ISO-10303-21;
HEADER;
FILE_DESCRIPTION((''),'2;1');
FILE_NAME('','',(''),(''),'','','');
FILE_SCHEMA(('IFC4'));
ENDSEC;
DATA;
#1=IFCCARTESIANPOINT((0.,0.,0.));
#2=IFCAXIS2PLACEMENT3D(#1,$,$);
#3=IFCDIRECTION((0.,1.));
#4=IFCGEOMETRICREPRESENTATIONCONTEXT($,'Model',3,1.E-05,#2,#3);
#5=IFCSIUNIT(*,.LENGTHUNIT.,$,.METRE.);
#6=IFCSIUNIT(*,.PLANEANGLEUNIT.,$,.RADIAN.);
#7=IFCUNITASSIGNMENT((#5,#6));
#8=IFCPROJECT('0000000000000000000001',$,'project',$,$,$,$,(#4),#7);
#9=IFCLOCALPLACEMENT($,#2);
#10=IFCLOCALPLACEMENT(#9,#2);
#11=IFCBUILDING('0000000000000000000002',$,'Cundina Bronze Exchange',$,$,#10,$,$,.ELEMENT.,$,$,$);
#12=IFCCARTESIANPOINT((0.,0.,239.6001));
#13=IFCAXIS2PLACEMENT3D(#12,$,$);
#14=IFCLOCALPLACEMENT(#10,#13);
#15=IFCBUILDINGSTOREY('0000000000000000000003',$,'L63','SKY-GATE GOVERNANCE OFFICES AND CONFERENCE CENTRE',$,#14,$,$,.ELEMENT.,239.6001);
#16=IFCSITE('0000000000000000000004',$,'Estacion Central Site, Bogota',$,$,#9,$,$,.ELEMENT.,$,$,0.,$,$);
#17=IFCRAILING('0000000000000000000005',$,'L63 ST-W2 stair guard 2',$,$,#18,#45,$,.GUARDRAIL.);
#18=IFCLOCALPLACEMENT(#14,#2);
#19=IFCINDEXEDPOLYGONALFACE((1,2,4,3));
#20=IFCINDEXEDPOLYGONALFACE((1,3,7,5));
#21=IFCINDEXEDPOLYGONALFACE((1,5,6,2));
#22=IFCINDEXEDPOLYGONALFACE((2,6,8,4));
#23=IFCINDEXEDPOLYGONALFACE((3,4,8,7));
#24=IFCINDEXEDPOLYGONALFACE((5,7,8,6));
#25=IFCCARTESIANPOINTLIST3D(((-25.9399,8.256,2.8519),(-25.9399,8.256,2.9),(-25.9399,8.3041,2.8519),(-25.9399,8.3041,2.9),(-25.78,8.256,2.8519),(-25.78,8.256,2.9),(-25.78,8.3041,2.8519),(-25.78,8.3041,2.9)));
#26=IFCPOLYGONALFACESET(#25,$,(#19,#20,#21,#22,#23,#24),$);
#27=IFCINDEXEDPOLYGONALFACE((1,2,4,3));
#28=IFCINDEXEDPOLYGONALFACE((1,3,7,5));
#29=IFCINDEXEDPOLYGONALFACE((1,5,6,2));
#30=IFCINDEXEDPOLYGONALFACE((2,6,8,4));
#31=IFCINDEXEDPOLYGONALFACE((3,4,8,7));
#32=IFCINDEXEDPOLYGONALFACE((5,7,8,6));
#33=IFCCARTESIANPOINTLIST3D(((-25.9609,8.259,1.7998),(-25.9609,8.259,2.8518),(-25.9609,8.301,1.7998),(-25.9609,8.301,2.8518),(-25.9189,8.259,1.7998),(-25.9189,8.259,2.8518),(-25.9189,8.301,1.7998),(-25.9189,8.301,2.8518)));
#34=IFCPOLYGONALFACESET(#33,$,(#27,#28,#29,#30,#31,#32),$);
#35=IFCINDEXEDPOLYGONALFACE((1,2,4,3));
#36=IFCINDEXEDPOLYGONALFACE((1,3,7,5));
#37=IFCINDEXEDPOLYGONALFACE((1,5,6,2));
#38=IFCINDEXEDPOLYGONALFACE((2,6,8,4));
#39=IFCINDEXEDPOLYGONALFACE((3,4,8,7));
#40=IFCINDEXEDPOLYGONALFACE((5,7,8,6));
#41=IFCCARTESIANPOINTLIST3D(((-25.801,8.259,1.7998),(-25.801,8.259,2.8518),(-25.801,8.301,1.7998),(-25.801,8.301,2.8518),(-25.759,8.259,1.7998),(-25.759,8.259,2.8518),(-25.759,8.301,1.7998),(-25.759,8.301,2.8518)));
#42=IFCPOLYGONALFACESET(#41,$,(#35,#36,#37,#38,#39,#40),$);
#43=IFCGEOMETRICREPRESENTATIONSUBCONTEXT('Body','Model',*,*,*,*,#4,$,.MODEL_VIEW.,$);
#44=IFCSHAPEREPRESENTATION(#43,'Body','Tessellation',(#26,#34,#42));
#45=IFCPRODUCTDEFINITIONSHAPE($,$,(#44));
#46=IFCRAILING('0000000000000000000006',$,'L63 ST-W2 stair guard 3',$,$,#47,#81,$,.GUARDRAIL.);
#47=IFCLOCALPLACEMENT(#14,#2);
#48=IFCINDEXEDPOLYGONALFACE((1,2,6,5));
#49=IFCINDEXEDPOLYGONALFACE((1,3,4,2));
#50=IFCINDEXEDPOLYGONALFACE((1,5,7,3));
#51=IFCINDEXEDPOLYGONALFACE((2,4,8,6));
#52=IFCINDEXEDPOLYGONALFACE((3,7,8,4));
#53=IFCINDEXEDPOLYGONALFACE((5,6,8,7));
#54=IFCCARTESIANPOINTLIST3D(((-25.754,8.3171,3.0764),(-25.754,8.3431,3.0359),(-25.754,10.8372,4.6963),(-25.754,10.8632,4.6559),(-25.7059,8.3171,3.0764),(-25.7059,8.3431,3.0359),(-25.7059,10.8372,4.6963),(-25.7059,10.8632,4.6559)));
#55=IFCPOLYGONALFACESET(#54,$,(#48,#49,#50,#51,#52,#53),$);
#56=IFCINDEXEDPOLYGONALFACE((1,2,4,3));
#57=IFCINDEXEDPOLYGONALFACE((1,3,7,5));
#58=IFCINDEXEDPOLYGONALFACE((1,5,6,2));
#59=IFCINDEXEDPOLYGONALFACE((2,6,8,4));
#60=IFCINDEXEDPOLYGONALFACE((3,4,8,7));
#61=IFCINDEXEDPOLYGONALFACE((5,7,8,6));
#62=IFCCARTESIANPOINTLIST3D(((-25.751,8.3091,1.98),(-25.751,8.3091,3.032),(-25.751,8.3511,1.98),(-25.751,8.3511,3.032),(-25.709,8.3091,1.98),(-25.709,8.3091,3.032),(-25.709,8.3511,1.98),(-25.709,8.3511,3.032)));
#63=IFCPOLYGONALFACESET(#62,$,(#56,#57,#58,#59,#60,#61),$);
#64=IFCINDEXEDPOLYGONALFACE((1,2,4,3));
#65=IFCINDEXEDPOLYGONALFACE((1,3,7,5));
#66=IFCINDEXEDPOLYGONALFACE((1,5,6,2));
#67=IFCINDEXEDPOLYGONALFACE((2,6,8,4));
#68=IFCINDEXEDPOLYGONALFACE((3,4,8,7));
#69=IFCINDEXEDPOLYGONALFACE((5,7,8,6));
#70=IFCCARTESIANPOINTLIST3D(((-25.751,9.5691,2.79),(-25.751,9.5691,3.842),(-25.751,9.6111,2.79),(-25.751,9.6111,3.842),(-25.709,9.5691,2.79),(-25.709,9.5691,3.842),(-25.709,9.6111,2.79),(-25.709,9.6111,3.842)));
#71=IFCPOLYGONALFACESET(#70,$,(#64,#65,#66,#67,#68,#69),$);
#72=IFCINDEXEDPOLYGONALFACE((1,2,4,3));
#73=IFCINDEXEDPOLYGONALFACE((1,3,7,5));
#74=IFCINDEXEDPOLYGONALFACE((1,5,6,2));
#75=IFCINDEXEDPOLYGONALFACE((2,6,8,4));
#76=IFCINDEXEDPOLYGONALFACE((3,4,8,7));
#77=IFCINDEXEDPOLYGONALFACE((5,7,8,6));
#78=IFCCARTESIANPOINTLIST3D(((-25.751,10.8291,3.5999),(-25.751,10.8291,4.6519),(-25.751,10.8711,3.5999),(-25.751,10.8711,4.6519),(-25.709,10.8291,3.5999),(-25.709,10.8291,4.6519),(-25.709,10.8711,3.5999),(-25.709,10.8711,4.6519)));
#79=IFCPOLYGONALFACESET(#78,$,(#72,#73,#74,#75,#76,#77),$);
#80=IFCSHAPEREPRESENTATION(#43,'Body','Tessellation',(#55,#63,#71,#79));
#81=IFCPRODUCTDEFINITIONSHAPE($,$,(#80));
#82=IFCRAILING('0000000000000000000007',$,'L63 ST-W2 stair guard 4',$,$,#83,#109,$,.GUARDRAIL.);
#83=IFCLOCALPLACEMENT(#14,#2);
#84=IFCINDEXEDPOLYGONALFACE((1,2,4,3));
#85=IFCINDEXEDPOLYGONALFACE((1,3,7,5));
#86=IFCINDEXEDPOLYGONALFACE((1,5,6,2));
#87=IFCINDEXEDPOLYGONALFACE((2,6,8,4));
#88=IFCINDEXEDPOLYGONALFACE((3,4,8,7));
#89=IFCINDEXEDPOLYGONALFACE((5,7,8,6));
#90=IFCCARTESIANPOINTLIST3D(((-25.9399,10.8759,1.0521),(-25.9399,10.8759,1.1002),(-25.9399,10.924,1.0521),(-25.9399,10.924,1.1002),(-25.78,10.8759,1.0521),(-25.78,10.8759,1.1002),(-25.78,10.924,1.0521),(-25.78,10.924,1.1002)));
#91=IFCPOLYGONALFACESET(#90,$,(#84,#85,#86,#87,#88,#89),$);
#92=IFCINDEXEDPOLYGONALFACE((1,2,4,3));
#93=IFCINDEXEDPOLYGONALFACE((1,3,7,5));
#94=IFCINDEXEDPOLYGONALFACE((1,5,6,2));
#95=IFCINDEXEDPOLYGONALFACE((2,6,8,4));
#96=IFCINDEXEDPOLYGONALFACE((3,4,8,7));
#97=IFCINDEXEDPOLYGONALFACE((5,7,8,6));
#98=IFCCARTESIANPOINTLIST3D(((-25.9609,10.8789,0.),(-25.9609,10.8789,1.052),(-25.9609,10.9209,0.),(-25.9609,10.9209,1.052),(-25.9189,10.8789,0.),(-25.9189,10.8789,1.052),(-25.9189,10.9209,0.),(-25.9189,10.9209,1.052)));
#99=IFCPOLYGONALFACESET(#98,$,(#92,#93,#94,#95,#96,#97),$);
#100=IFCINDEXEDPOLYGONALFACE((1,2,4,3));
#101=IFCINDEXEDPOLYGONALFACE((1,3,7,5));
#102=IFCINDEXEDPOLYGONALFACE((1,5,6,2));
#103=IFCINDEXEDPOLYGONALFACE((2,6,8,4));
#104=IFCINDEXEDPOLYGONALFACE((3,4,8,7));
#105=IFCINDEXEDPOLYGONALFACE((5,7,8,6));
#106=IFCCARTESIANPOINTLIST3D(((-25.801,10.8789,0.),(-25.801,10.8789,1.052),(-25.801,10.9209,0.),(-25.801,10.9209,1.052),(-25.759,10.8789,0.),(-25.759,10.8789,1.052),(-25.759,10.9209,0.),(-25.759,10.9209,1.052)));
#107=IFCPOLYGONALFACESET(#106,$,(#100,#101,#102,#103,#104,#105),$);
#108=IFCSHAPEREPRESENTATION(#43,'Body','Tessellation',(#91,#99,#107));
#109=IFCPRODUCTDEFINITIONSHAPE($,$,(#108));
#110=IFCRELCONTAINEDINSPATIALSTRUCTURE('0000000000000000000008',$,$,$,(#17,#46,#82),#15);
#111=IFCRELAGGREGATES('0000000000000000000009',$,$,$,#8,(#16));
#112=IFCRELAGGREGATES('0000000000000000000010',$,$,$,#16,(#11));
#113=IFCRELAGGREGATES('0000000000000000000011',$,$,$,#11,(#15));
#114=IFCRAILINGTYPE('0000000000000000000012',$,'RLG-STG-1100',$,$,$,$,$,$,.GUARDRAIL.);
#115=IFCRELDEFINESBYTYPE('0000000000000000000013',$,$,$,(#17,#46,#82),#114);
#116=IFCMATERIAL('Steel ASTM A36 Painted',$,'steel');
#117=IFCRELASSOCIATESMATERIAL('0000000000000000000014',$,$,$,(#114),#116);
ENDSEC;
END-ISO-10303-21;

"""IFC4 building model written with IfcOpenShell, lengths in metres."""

from ifc_helpers import new_model, si_unit, direction, frame, origin, origin_2d, place, context, subcontext, project, spatial, rectangle, extrude, material, type_object, element, save


model = new_model("IFC4")

# Units and contexts
model_context = context("Model", 3, precision=1e-05, world=origin(), true_north=direction((0.0, 1.0)))
body_context = subcontext(model_context, "Body", "Model", "MODEL_VIEW")
ifc_project = project(units=[si_unit("LENGTHUNIT", "METRE"), si_unit("PLANEANGLEUNIT", "RADIAN")], contexts=[model_context])

# Site, building, storey
site_placement = place(None, origin())
site = spatial("IfcSite", under=ifc_project, at=site_placement, Name="Estacion Central Site, Bogota", CompositionType="ELEMENT", RefElevation=0.0)
building_placement = place(site_placement, origin())
building = spatial("IfcBuilding", under=site, at=building_placement, Name="Cundina Bronze Exchange", CompositionType="ELEMENT")
storey_placement = place(building_placement, frame((0.0, 0.0, 239.6001)))
storey = spatial("IfcBuildingStorey", under=building, at=storey_placement, Name="L63", Description="SKY-GATE GOVERNANCE OFFICES AND CONFERENCE CENTRE", CompositionType="ELEMENT", Elevation=239.6001)

# Shared definitions
ifc_material_1 = material(Name="Steel ASTM A36 Painted", Category="steel")

# Railings
railing_type_1 = type_object("IfcRailingType", Name="RLG-STG-1100", PredefinedType="GUARDRAIL", material=ifc_material_1)
railing_1_placement = place(storey_placement, frame((-25.9399, 8.28, 1.7998)))
element("IfcRailing", 1, at=railing_1_placement, inside=storey, type_object=railing_type_1, Name="L63 ST-W2 stair guard 2", PredefinedType="GUARDRAIL", context=body_context, shape_type="SweptSolid", body=[
    extrude(rectangle(XDim=0.0481, YDim=0.0481, at=origin_2d()), frame((0.0, 0.0, 1.0762), z_axis=(1.0, 0.0, 0.0), x_axis=(0.0, 1.0, 0.0)), (0.0, 0.0, 1.0), 0.1599),
    extrude(rectangle(XDim=0.042, YDim=0.042, at=origin_2d()), origin(), (0.0, 0.0, 1.0), 1.052),
    extrude(rectangle(XDim=0.042, YDim=0.042, at=origin_2d()), frame((0.1599, 0.0, 0.0)), (0.0, 0.0, 1.0), 1.052),
])
railing_2_placement = place(storey_placement, frame((-25.73, 8.3301, 1.98)))
element("IfcRailing", 2, at=railing_2_placement, inside=storey, type_object=railing_type_1, Name="L63 ST-W2 stair guard 3", PredefinedType="GUARDRAIL", context=body_context, shape_type="SweptSolid", body=[
    extrude(rectangle(XDim=0.0481, YDim=0.0481, at=origin_2d()), frame((0.0, 0.0, 1.0762), z_axis=(0.0, 0.8412, 0.540725), x_axis=(-1.0, 0.0, 0.0)), (0.0, 0.0, 1.0), 2.9958),
    extrude(rectangle(XDim=0.042, YDim=0.042, at=origin_2d()), origin(), (0.0, 0.0, 1.0), 1.052),
    extrude(rectangle(XDim=0.042, YDim=0.042, at=origin_2d()), frame((0.0, 1.26, 0.8101)), (0.0, 0.0, 1.0), 1.052),
    extrude(rectangle(XDim=0.042, YDim=0.042, at=origin_2d()), frame((0.0, 2.52, 1.6199)), (0.0, 0.0, 1.0), 1.052),
])
railing_3_placement = place(storey_placement, frame((-25.9399, 10.8999, 0.0)))
element("IfcRailing", 3, at=railing_3_placement, inside=storey, type_object=railing_type_1, Name="L63 ST-W2 stair guard 4", PredefinedType="GUARDRAIL", context=body_context, shape_type="SweptSolid", body=[
    extrude(rectangle(XDim=0.0481, YDim=0.0481, at=origin_2d()), frame((0.0, 0.0, 1.0762), z_axis=(1.0, 0.0, 0.0), x_axis=(0.0, 1.0, 0.0)), (0.0, 0.0, 1.0), 0.1599),
    extrude(rectangle(XDim=0.042, YDim=0.042, at=origin_2d()), origin(), (0.0, 0.0, 1.0), 1.052),
    extrude(rectangle(XDim=0.042, YDim=0.042, at=origin_2d()), frame((0.1599, 0.0, 0.0)), (0.0, 0.0, 1.0), 1.052),
])

save(model, "model.ifc")
